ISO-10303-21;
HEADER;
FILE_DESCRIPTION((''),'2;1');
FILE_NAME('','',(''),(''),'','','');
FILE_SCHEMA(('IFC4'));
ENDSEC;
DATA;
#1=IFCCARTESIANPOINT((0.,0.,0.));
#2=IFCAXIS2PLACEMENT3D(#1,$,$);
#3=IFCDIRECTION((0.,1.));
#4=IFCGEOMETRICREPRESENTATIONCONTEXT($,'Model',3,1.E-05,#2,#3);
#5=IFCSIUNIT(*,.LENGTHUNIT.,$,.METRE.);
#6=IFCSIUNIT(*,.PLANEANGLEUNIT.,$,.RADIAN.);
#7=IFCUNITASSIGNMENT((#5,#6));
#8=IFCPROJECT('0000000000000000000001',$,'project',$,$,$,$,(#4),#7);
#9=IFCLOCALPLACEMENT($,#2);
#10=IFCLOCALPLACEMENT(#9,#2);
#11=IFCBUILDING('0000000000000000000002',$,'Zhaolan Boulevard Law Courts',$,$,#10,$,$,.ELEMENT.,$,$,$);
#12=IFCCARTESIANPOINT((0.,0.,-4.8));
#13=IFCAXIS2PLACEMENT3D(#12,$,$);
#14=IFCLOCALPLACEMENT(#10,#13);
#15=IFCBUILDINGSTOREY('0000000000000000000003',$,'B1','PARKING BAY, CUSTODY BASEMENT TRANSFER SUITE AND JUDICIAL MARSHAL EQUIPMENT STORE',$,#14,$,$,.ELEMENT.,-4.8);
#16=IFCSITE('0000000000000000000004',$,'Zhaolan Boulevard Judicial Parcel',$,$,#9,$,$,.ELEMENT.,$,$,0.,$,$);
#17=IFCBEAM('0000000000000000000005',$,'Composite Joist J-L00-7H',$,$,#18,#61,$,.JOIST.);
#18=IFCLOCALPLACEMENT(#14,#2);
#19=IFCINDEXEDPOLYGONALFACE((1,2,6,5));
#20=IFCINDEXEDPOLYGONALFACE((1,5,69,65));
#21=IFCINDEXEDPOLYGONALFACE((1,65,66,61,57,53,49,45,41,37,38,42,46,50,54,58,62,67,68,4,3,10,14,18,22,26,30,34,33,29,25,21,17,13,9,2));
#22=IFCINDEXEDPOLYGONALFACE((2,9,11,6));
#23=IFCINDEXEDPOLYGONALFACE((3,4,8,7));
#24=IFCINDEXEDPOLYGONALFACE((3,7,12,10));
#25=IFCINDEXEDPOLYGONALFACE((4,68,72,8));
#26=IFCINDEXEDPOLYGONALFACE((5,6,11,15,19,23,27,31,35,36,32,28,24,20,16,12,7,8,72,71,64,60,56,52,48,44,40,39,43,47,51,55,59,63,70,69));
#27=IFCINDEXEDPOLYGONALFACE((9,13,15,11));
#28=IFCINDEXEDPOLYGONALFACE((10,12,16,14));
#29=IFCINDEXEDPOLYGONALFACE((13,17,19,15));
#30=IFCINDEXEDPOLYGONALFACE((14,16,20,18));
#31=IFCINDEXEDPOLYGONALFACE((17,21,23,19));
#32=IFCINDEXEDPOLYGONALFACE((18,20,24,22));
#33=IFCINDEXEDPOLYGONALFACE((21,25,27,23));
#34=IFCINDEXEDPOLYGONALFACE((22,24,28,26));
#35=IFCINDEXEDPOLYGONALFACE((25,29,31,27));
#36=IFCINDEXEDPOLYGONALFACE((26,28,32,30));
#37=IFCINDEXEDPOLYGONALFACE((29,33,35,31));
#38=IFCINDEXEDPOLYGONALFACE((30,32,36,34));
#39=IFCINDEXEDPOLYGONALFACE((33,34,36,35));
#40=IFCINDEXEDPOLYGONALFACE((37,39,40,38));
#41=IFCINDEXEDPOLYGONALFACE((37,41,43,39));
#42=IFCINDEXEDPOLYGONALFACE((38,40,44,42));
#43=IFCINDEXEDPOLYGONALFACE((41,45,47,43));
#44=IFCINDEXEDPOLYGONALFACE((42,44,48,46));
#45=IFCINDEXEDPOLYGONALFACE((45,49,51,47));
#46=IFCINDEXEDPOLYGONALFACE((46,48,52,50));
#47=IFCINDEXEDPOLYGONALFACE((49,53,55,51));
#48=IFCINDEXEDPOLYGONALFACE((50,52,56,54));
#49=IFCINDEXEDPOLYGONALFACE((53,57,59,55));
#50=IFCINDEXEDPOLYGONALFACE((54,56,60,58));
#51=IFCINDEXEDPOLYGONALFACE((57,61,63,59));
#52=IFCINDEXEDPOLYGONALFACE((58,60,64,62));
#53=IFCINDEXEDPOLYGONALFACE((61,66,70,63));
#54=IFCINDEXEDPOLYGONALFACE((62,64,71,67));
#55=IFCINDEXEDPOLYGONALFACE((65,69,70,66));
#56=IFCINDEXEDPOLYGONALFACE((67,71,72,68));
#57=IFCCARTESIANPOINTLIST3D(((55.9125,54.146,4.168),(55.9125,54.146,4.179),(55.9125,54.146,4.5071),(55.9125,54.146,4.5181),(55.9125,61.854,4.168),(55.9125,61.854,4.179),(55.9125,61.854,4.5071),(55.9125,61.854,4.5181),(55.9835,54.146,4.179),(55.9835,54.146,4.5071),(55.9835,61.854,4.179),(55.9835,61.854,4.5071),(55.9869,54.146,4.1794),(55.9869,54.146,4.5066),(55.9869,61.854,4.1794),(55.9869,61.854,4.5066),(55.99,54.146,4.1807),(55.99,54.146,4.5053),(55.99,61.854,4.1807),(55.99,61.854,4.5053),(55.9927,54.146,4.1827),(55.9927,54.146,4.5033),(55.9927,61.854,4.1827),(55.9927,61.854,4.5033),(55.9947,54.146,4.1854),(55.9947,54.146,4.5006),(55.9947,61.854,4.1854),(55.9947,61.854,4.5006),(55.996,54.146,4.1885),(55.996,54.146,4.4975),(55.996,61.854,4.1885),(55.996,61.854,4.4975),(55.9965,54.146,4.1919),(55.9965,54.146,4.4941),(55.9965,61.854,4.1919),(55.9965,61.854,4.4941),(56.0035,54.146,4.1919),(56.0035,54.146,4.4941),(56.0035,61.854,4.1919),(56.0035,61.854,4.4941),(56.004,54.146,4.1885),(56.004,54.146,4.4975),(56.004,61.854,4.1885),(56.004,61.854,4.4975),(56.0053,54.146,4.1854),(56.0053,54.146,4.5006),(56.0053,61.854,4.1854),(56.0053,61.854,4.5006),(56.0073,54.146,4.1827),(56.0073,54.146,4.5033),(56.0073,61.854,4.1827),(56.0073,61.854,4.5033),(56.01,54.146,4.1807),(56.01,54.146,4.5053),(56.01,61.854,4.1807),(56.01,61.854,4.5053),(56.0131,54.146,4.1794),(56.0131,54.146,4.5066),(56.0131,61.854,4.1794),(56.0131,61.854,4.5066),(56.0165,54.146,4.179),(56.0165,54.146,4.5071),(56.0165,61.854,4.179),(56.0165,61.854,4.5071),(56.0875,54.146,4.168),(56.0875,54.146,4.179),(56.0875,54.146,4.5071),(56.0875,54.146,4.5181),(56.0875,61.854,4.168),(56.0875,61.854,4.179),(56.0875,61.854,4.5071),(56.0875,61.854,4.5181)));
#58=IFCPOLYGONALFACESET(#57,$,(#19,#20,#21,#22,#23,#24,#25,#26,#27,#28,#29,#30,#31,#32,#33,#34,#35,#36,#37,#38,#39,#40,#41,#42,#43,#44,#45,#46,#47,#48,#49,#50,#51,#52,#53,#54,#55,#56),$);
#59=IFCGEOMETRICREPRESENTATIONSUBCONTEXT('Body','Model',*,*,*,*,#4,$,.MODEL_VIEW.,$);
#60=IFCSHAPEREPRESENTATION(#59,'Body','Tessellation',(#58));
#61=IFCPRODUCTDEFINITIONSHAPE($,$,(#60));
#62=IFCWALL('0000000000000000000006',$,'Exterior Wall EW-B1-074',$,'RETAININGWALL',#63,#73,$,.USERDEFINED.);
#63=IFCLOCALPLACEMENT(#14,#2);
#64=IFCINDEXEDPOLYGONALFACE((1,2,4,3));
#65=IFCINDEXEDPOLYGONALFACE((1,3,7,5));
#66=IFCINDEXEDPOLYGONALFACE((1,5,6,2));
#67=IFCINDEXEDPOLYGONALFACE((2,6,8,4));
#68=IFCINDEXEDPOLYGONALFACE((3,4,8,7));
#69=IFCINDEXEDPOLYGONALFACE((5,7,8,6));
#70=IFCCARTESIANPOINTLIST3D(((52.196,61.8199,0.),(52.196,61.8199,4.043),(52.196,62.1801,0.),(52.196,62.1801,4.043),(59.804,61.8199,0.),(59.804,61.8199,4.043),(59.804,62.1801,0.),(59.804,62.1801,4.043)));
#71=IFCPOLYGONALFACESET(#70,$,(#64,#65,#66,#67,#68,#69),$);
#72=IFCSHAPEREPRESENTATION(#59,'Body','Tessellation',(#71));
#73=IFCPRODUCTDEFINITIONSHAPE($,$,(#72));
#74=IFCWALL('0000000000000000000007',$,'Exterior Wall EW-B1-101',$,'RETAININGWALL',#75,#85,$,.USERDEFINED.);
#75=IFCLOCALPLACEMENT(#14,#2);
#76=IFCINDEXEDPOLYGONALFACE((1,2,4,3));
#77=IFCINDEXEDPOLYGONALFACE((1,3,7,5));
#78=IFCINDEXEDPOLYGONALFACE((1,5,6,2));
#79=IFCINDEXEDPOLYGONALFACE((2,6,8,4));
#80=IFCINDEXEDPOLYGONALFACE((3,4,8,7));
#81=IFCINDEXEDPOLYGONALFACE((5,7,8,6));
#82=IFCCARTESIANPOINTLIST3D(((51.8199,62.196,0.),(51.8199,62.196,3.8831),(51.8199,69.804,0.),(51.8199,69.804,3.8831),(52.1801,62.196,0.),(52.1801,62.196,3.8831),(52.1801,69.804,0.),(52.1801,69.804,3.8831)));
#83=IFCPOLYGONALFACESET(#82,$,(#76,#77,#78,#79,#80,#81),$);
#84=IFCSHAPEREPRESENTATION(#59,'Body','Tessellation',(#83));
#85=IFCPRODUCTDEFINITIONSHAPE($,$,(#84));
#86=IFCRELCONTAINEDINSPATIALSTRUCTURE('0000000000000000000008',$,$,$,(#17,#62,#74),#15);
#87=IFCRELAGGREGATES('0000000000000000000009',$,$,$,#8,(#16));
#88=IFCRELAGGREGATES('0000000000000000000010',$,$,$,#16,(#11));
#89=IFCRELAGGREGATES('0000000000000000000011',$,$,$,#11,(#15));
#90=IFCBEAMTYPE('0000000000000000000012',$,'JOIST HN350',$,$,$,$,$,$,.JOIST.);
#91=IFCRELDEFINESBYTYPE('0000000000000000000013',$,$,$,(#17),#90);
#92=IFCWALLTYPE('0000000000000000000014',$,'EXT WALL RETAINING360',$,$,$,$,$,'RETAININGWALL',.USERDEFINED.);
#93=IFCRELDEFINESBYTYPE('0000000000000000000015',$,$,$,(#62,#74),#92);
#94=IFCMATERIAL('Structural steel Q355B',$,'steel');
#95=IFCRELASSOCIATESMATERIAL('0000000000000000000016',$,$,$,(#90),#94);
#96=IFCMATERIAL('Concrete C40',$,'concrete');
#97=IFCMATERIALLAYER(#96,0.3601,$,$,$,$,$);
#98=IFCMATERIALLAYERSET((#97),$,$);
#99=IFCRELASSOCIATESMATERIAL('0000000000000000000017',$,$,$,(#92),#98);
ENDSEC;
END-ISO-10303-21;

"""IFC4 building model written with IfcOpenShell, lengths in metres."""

from ifc_helpers import new_model, si_unit, direction, frame, frame_2d, origin, origin_2d, place, context, subcontext, project, spatial, rectangle, i_section, extrude, material, layer, layer_set, material_profile, profile_set, type_object, element, save


model = new_model("IFC4")

# Units and contexts
model_context = context("Model", 3, precision=1e-05, world=origin(), true_north=direction((0.0, 1.0)))
body_context = subcontext(model_context, "Body", "Model", "MODEL_VIEW")
ifc_project = project(units=[si_unit("LENGTHUNIT", "METRE"), si_unit("PLANEANGLEUNIT", "RADIAN")], contexts=[model_context])

# Site, building, storey
site_placement = place(None, origin())
site = spatial("IfcSite", under=ifc_project, at=site_placement, Name="Zhaolan Boulevard Judicial Parcel", CompositionType="ELEMENT", RefElevation=0.0)
building_placement = place(site_placement, origin())
building = spatial("IfcBuilding", under=site, at=building_placement, Name="Zhaolan Boulevard Law Courts", CompositionType="ELEMENT")
storey_placement = place(building_placement, frame((0.0, 0.0, -4.8)))
storey = spatial("IfcBuildingStorey", under=building, at=storey_placement, Name="B1", Description="PARKING BAY, CUSTODY BASEMENT TRANSFER SUITE AND JUDICIAL MARSHAL EQUIPMENT STORE", CompositionType="ELEMENT", Elevation=-4.8)

# Beam
ifc_material_1 = material(Name="Structural steel Q355B", Category="steel")
ifc_material_profile_1 = material_profile(ifc_material_1, i_section(OverallWidth=0.175, OverallDepth=0.3501, WebThickness=0.0071, FlangeThickness=0.011, FilletRadius=0.0129, at=origin_2d()), Name="HN350x175")
ifc_profile_set_1 = profile_set([ifc_material_profile_1], Name="Structural steel Q355B")
beam_type_1 = type_object("IfcBeamType", Name="JOIST HN350", PredefinedType="JOIST", material=ifc_profile_set_1)
beam_1_placement = place(storey_placement, frame((56.0, 54.146, 4.343), z_axis=(0.0, 1.0, 0.0), x_axis=(-1.0, 0.0, 0.0)))
element("IfcBeam", 1, at=beam_1_placement, inside=storey, type_object=beam_type_1, Name="Composite Joist J-L00-7H", PredefinedType="JOIST", context=body_context, shape_type="SweptSolid", body=[
    extrude(i_section(OverallWidth=0.175, OverallDepth=0.3501, WebThickness=0.0071, FlangeThickness=0.011, FilletRadius=0.0129, at=origin_2d()), origin(), (0.0, 0.0, 1.0), 7.708),
])

# Walls
ifc_material_2 = material(Name="Concrete C40", Category="concrete")
ifc_layer = layer(ifc_material_2, 0.3601)
ifc_layer_set = layer_set([ifc_layer])
wall_type = type_object("IfcWallType", Name="EXT WALL RETAINING360", ElementType="RETAININGWALL", PredefinedType="USERDEFINED", material=ifc_layer_set)
wall_1_placement = place(storey_placement, frame((52.196, 62.0, 0.0), z_axis=(0.0, 0.0, 1.0), x_axis=(1.0, 0.0, 0.0)))
element("IfcWall", 2, at=wall_1_placement, inside=storey, type_object=wall_type, Name="Exterior Wall EW-B1-074", ObjectType="RETAININGWALL", PredefinedType="USERDEFINED", context=body_context, shape_type="SweptSolid", body=[
    extrude(rectangle(XDim=7.6079, YDim=0.3601, at=frame_2d((3.804, 0.0))), origin(), (0.0, 0.0, 1.0), 4.043),
])
wall_2_placement = place(storey_placement, frame((52.0, 69.804, 0.0), z_axis=(0.0, 0.0, 1.0), x_axis=(0.0, -1.0, 0.0)))
element("IfcWall", 3, at=wall_2_placement, inside=storey, type_object=wall_type, Name="Exterior Wall EW-B1-101", ObjectType="RETAININGWALL", PredefinedType="USERDEFINED", context=body_context, shape_type="SweptSolid", body=[
    extrude(rectangle(XDim=7.6079, YDim=0.3601, at=frame_2d((3.804, 0.0))), origin(), (0.0, 0.0, 1.0), 3.8831),
])

save(model, "model.ifc")
